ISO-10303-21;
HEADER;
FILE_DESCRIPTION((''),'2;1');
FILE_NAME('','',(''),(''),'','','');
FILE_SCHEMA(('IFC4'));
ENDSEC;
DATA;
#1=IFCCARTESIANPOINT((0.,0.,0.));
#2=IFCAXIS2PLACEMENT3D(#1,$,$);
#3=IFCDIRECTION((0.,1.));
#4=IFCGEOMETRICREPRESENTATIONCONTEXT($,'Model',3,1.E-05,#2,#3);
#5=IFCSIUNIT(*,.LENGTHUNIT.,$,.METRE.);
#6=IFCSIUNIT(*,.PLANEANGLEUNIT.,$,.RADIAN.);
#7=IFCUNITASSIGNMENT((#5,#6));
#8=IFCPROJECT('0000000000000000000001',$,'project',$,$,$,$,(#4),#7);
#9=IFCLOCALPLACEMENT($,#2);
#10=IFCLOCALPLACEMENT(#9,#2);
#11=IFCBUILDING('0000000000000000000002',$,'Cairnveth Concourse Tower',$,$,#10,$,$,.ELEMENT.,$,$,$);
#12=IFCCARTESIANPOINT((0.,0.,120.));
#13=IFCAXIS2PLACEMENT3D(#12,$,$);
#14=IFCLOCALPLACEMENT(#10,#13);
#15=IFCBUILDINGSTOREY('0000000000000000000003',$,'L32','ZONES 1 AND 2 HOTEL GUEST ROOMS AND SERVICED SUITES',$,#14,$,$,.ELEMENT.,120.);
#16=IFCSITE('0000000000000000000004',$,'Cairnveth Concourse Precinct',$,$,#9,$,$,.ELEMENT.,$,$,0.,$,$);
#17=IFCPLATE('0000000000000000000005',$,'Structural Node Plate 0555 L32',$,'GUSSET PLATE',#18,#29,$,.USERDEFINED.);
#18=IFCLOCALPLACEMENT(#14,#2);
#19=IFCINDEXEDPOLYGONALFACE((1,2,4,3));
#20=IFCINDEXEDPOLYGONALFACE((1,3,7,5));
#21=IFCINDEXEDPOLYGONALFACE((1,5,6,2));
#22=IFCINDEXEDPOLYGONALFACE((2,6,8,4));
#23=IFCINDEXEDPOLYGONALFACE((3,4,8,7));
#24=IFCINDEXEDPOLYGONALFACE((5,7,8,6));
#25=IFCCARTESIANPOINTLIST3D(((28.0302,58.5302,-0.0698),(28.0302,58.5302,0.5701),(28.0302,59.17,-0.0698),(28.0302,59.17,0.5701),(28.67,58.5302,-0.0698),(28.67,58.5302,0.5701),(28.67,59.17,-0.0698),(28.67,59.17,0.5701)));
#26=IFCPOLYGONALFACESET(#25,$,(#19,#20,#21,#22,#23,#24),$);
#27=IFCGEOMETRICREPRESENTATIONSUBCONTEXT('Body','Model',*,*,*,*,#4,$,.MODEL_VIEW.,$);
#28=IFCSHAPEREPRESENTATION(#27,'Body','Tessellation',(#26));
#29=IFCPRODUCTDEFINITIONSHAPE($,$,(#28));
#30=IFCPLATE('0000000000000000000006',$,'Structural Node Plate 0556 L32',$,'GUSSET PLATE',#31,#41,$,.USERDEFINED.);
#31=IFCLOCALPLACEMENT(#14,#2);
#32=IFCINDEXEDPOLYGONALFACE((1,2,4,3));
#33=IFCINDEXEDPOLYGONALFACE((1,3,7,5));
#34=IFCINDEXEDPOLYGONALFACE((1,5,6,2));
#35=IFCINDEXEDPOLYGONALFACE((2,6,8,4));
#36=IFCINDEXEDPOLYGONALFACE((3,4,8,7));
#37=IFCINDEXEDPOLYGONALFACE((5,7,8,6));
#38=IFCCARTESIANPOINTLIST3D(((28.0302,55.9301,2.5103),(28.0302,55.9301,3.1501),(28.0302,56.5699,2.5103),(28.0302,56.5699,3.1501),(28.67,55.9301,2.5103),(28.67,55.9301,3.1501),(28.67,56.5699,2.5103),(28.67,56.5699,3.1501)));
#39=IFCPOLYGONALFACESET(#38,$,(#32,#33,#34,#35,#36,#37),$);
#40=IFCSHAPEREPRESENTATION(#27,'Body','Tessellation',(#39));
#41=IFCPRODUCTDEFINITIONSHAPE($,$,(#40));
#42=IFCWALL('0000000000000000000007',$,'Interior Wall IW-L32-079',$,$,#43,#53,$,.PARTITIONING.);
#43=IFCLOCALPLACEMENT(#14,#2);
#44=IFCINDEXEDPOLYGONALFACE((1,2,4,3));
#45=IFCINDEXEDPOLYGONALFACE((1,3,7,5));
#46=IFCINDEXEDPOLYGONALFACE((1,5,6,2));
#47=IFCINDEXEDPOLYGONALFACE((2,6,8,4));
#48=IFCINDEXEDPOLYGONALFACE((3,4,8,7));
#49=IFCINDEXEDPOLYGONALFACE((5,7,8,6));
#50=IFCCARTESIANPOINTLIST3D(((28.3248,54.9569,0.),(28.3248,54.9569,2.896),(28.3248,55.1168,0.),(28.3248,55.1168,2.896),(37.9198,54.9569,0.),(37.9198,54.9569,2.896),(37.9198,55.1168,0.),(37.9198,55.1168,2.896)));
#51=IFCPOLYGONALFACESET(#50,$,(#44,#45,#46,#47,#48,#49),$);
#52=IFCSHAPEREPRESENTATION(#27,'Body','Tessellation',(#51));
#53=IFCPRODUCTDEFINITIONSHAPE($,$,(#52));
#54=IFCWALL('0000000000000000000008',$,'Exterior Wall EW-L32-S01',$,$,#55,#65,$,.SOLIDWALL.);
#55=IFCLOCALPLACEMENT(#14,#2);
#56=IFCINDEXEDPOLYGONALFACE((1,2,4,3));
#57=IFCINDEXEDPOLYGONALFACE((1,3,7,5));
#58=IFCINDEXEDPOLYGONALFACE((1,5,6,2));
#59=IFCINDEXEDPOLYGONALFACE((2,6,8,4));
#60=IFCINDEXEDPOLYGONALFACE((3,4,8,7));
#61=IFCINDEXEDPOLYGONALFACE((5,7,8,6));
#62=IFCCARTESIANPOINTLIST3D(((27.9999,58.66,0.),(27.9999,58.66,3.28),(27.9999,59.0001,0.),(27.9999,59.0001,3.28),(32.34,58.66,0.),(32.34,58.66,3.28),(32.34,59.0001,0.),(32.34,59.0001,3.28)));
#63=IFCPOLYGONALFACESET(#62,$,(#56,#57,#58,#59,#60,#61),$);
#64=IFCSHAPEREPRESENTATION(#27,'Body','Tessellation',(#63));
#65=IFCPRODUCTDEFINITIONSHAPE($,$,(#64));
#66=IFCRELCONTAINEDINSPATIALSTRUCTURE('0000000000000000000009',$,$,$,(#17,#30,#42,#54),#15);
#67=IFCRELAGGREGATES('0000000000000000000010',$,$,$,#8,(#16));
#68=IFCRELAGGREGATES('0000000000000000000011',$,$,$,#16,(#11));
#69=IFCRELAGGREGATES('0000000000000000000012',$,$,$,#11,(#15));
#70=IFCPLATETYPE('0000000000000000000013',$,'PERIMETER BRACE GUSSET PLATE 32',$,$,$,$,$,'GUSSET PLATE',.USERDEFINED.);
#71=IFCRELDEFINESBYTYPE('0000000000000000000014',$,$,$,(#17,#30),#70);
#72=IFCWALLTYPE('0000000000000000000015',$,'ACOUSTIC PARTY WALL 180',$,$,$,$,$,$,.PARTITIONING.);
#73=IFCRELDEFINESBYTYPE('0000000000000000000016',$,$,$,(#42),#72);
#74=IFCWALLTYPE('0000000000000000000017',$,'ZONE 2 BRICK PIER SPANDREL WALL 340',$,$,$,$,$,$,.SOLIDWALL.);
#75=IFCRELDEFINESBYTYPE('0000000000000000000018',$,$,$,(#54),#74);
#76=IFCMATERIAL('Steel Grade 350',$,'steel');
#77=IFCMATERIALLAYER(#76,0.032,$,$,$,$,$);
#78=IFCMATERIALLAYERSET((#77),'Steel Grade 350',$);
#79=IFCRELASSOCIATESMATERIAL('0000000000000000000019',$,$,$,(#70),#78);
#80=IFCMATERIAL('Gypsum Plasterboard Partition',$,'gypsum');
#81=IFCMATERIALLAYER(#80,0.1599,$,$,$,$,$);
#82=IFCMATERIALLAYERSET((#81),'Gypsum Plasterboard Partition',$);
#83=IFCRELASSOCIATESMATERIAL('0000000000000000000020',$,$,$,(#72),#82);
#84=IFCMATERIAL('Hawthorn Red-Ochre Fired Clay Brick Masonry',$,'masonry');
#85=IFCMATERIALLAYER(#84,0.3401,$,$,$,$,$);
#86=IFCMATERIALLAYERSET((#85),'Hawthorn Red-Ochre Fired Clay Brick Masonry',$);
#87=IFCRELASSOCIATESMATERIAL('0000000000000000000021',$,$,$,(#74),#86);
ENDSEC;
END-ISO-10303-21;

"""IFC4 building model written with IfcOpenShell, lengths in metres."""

from ifc_helpers import new_model, si_unit, direction, frame, frame_2d, origin, origin_2d, place, context, subcontext, project, spatial, rectangle, extrude, material, layer, layer_set, type_object, element, save


model = new_model("IFC4")

# Units and contexts
model_context = context("Model", 3, precision=1e-05, world=origin(), true_north=direction((0.0, 1.0)))
body_context = subcontext(model_context, "Body", "Model", "MODEL_VIEW")
ifc_project = project(units=[si_unit("LENGTHUNIT", "METRE"), si_unit("PLANEANGLEUNIT", "RADIAN")], contexts=[model_context])

# Site, building, storey
site_placement = place(None, origin())
site = spatial("IfcSite", under=ifc_project, at=site_placement, Name="Cairnveth Concourse Precinct", CompositionType="ELEMENT", RefElevation=0.0)
building_placement = place(site_placement, origin())
building = spatial("IfcBuilding", under=site, at=building_placement, Name="Cairnveth Concourse Tower", CompositionType="ELEMENT")
storey_placement = place(building_placement, frame((0.0, 0.0, 120.0)))
storey = spatial("IfcBuildingStorey", under=building, at=storey_placement, Name="L32", Description="ZONES 1 AND 2 HOTEL GUEST ROOMS AND SERVICED SUITES", CompositionType="ELEMENT", Elevation=120.0)

# Shared definitions
ifc_material_1 = material(Name="Steel Grade 350", Category="steel")

# Plates
ifc_layer_1 = layer(ifc_material_1, 0.032)
ifc_layer_set_1 = layer_set([ifc_layer_1], Name="Steel Grade 350")
plate_type = type_object("IfcPlateType", Name="PERIMETER BRACE GUSSET PLATE 32", ElementType="GUSSET PLATE", PredefinedType="USERDEFINED", material=ifc_layer_set_1)
for number, where, z_axis, x_axis, name in (
    (1, (28.3501, 58.8501, -0.0698), (0.0, 0.0, 1.0), (1.0, 0.0, 0.0), "Structural Node Plate 0555 L32"),
    (2, (28.3501, 56.25, 2.5103), (0.0, 0.0, 1.0), (1.0, 0.0, 0.0), "Structural Node Plate 0556 L32"),
):
    element("IfcPlate", number, at=place(storey_placement, frame(where, z_axis=z_axis, x_axis=x_axis)), inside=storey, type_object=plate_type, Name=name, ObjectType="GUSSET PLATE", PredefinedType="USERDEFINED", context=body_context, shape_type="SweptSolid", body=[
        extrude(rectangle(XDim=0.6399, YDim=0.6399, at=origin_2d()), origin(), (0.0, 0.0, 1.0), 0.6399),
    ])

# Walls
ifc_material_2 = material(Name="Gypsum Plasterboard Partition", Category="gypsum")
ifc_layer_2 = layer(ifc_material_2, 0.1599)
ifc_layer_set_2 = layer_set([ifc_layer_2], Name="Gypsum Plasterboard Partition")
wall_type_1 = type_object("IfcWallType", Name="ACOUSTIC PARTY WALL 180", PredefinedType="PARTITIONING", material=ifc_layer_set_2)
wall_1_placement = place(storey_placement, frame((28.325, 55.0369, 0.0), z_axis=(0.0, 0.0, 1.0), x_axis=(1.0, 0.0, 0.0)))
element("IfcWall", 3, at=wall_1_placement, inside=storey, type_object=wall_type_1, Name="Interior Wall IW-L32-079", PredefinedType="PARTITIONING", context=body_context, shape_type="SweptSolid", body=[
    extrude(rectangle(XDim=9.595, YDim=0.1599, at=frame_2d((4.7974, 0.0))), origin(), (0.0, 0.0, 1.0), 2.896),
])
ifc_material_3 = material(Name="Hawthorn Red-Ochre Fired Clay Brick Masonry", Category="masonry")
ifc_layer_3 = layer(ifc_material_3, 0.3401)
ifc_layer_set_3 = layer_set([ifc_layer_3], Name="Hawthorn Red-Ochre Fired Clay Brick Masonry")
wall_type_2 = type_object("IfcWallType", Name="ZONE 2 BRICK PIER SPANDREL WALL 340", PredefinedType="SOLIDWALL", material=ifc_layer_set_3)
wall_2_placement = place(storey_placement, frame((28.0, 58.8301, 0.0), z_axis=(0.0, 0.0, 1.0), x_axis=(1.0, 0.0, 0.0)))
element("IfcWall", 4, at=wall_2_placement, inside=storey, type_object=wall_type_2, Name="Exterior Wall EW-L32-S01", PredefinedType="SOLIDWALL", context=body_context, shape_type="SweptSolid", body=[
    extrude(rectangle(XDim=4.3401, YDim=0.3401, at=frame_2d((2.1699, 0.0))), origin(), (0.0, 0.0, 1.0), 3.28),
])

save(model, "model.ifc")
